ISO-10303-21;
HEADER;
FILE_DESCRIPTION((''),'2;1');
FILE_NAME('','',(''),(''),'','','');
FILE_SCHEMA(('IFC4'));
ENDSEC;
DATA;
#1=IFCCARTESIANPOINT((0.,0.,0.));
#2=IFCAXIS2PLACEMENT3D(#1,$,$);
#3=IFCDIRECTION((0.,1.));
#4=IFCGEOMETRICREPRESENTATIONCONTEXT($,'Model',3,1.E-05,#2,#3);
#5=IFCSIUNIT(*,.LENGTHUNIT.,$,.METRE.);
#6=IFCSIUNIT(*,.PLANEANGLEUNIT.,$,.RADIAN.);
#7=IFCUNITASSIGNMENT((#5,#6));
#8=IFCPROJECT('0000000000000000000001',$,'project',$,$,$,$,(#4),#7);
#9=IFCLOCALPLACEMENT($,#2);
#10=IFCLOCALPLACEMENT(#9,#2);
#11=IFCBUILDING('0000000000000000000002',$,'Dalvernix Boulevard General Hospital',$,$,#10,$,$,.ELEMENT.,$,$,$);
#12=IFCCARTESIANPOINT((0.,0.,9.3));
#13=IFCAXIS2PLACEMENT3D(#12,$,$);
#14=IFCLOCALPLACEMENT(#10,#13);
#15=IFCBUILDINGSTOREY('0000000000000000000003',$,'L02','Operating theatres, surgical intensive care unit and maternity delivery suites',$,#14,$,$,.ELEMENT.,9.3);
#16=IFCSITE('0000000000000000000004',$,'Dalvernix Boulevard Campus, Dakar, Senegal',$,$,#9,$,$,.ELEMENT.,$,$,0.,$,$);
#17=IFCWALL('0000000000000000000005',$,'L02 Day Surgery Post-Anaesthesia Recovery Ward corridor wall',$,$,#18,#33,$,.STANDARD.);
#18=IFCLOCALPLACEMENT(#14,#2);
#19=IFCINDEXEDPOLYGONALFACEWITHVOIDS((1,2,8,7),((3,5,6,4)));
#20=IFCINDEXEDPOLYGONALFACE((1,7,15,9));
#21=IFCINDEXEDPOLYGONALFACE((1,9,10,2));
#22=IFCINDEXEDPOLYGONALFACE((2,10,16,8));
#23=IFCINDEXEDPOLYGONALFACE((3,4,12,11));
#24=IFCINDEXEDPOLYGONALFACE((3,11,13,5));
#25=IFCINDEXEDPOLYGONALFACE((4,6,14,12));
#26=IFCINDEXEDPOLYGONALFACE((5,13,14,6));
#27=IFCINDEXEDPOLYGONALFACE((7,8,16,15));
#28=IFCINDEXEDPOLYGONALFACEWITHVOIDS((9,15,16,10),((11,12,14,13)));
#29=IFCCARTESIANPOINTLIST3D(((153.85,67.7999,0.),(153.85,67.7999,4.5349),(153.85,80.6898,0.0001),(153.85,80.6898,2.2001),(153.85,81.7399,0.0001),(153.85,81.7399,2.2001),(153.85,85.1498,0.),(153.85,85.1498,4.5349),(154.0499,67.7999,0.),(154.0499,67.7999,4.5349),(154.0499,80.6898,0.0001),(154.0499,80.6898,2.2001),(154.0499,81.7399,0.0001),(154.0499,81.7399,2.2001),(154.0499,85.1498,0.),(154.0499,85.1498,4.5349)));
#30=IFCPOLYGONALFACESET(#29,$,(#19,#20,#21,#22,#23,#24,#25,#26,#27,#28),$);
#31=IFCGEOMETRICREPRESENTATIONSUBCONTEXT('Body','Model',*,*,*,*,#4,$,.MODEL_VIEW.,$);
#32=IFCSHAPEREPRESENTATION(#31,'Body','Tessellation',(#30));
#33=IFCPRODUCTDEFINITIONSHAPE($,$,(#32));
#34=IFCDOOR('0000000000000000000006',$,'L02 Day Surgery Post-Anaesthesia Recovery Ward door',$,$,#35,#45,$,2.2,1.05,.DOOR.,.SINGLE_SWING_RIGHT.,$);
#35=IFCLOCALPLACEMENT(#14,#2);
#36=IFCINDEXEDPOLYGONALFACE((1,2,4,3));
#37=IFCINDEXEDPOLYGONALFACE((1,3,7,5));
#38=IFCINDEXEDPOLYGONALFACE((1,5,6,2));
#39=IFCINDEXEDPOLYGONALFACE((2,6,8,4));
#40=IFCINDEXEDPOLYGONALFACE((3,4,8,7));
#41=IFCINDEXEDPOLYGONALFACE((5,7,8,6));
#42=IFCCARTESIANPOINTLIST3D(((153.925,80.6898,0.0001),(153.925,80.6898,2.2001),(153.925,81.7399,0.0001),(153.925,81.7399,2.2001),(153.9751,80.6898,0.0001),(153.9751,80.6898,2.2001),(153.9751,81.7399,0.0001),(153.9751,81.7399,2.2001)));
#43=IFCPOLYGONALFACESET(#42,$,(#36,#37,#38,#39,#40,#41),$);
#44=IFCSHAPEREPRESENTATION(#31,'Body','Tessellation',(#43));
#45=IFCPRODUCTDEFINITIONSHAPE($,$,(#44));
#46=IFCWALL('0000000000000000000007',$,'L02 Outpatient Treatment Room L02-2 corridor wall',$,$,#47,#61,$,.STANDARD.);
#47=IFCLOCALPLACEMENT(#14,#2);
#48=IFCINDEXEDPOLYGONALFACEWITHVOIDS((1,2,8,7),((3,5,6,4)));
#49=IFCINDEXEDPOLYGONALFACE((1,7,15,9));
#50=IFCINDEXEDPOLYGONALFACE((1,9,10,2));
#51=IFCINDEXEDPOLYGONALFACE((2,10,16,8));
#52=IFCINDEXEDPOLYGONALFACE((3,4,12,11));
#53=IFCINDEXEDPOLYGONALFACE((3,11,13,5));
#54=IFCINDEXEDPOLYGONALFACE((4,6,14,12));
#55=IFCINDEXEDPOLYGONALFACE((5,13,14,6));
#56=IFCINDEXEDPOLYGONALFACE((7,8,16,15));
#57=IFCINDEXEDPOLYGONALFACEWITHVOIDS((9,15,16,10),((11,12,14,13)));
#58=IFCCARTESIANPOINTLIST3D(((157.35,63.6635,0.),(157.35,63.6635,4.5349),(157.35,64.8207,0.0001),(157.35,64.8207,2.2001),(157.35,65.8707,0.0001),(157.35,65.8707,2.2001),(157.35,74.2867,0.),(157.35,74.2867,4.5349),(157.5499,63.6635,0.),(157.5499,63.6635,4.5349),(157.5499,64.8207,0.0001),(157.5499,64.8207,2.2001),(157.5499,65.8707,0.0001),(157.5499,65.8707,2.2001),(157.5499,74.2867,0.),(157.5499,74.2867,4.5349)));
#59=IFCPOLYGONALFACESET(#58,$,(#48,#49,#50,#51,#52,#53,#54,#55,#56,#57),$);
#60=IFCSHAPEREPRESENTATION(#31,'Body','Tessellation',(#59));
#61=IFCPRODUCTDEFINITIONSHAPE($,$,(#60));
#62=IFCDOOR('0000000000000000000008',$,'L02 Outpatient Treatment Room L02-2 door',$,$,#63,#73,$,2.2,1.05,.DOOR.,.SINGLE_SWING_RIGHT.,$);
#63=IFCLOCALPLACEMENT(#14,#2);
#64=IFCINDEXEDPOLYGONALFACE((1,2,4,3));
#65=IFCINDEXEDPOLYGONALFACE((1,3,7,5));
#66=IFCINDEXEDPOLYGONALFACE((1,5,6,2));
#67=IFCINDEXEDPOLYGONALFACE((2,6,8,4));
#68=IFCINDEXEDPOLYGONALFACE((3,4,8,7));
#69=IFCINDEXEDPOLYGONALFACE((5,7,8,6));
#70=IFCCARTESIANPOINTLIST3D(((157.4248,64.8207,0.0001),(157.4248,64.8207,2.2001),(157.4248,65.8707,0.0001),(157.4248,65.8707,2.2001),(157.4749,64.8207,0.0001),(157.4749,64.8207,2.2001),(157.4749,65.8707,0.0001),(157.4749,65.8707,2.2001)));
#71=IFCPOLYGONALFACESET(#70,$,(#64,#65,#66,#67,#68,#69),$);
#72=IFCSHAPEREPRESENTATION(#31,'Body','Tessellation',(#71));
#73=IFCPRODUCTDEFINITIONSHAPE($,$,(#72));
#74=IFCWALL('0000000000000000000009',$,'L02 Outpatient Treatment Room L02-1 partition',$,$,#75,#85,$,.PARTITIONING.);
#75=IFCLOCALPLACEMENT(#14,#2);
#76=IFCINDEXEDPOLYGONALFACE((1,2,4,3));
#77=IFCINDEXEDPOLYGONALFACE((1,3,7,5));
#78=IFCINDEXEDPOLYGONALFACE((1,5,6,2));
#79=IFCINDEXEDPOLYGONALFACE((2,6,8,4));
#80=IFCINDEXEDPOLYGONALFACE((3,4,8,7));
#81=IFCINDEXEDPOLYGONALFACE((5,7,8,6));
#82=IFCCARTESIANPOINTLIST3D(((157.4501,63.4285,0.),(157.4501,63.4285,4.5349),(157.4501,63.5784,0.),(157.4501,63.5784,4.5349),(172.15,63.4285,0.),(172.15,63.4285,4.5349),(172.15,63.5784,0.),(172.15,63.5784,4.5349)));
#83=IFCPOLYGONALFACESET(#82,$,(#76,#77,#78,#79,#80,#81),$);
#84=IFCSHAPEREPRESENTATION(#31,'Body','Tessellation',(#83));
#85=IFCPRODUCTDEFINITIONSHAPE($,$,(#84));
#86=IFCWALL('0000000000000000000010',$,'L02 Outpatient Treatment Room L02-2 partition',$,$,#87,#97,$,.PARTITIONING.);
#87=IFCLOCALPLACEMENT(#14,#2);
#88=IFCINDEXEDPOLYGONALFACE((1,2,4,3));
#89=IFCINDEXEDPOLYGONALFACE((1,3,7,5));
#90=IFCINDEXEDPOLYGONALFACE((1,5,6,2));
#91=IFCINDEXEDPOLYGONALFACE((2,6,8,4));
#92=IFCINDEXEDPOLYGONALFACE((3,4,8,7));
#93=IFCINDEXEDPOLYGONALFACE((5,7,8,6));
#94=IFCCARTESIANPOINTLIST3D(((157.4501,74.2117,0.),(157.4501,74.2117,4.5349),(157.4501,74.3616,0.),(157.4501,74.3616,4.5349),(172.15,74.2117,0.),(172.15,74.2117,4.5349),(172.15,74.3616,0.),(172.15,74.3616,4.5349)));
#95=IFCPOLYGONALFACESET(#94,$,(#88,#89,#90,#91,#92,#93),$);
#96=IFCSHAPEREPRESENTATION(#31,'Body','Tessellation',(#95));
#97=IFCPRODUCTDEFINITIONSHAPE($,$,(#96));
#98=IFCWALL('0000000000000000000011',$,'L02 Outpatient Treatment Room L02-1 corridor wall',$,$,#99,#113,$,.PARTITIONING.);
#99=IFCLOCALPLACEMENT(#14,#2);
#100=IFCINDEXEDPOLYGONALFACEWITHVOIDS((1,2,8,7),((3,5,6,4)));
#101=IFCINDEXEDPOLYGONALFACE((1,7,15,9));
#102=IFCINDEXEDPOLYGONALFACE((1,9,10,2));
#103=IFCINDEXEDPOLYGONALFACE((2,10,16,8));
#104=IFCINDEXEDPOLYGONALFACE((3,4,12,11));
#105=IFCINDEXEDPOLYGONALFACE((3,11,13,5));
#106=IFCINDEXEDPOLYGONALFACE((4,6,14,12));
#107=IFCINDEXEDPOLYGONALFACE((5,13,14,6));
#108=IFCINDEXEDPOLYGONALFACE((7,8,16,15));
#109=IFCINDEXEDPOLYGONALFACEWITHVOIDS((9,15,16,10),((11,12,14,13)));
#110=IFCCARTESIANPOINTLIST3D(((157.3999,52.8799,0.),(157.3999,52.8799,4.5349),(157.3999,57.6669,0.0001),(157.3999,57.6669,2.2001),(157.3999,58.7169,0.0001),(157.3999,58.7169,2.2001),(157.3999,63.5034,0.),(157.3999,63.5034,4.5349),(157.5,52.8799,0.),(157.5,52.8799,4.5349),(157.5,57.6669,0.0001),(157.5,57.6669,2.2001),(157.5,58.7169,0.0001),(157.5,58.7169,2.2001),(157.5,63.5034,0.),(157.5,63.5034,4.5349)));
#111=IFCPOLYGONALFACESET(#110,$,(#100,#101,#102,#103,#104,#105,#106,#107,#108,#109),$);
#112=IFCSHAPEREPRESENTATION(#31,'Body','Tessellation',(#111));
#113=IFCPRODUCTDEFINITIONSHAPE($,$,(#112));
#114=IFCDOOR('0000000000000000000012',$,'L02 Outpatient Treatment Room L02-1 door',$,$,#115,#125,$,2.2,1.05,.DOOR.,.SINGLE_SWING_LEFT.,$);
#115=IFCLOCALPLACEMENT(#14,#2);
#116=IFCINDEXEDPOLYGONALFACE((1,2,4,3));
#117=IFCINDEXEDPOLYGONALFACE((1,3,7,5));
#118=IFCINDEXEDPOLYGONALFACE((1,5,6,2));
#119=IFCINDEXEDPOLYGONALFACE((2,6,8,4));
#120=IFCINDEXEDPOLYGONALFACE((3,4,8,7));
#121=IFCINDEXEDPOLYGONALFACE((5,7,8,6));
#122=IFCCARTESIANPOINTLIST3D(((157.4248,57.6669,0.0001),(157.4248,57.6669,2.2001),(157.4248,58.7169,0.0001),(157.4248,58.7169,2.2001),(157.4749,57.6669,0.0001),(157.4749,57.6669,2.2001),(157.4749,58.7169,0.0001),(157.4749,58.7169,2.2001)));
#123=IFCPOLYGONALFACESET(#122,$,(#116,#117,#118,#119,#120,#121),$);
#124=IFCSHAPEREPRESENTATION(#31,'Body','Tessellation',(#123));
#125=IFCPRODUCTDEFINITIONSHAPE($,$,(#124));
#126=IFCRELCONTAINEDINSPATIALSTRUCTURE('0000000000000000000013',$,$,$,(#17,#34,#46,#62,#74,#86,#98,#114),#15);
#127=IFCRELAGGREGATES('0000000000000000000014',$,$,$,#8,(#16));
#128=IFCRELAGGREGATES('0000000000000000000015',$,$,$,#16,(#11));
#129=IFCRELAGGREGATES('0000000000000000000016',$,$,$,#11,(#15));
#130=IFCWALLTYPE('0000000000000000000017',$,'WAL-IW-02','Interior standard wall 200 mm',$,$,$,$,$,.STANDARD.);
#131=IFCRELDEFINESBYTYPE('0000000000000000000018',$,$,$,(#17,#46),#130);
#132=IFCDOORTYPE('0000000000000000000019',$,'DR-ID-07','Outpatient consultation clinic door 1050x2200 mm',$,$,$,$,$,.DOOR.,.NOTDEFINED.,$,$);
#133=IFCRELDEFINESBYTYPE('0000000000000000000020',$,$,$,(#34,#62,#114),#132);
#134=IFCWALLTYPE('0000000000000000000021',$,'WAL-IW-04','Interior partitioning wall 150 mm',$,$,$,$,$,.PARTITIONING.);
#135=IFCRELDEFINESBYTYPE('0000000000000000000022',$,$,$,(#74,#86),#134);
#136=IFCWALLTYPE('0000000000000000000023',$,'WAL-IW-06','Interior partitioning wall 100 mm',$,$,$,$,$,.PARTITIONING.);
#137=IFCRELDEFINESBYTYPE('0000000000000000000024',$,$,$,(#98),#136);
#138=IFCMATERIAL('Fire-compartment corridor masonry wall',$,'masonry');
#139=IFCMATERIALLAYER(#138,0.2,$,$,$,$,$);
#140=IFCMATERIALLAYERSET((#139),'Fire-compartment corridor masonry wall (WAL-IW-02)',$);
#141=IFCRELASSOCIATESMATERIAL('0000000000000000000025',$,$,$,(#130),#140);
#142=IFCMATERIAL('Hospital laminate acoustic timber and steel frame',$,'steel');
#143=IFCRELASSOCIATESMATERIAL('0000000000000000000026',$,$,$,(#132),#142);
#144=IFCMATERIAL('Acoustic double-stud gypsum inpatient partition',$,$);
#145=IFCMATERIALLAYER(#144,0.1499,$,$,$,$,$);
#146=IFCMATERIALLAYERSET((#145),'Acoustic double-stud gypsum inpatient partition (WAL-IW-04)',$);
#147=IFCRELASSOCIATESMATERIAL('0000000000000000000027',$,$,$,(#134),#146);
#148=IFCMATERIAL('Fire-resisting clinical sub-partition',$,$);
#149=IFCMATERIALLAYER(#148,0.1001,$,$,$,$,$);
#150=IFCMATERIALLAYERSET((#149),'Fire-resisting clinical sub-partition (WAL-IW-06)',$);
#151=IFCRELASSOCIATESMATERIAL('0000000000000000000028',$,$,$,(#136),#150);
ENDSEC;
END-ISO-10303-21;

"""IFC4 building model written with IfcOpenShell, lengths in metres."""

from ifc_helpers import new_model, si_unit, direction, frame, frame_2d, origin, place, context, subcontext, project, spatial, rectangle, extrude, material, layer, layer_set, type_object, element, fill, save


model = new_model("IFC4")

# Units and contexts
model_context = context("Model", 3, precision=1e-05, world=origin(), true_north=direction((0.0, 1.0)))
body_context = subcontext(model_context, "Body", "Model", "MODEL_VIEW")
ifc_project = project(units=[si_unit("LENGTHUNIT", "METRE"), si_unit("PLANEANGLEUNIT", "RADIAN")], contexts=[model_context])

# Site, building, storey
site_placement = place(None, origin())
site = spatial("IfcSite", under=ifc_project, at=site_placement, Name="Dalvernix Boulevard Campus, Dakar, Senegal", CompositionType="ELEMENT", RefElevation=0.0)
building_placement = place(site_placement, origin())
building = spatial("IfcBuilding", under=site, at=building_placement, Name="Dalvernix Boulevard General Hospital", CompositionType="ELEMENT")
storey_placement = place(building_placement, frame((0.0, 0.0, 9.3)))
storey = spatial("IfcBuildingStorey", under=building, at=storey_placement, Name="L02", Description="Operating theatres, surgical intensive care unit and maternity delivery suites", CompositionType="ELEMENT", Elevation=9.3)

# Walls, openings, doors
ifc_material_1 = material(Name="Fire-compartment corridor masonry wall", Category="masonry")
ifc_layer_1 = layer(ifc_material_1, 0.2)
ifc_layer_set_1 = layer_set([ifc_layer_1], Name="Fire-compartment corridor masonry wall (WAL-IW-02)")
wall_type_1 = type_object("IfcWallType", Name="WAL-IW-02", Description="Interior standard wall 200 mm", PredefinedType="STANDARD", material=ifc_layer_set_1)
wall_1_placement = place(storey_placement, frame((153.95, 67.8, 0.0), z_axis=(0.0, 0.0, 1.0), x_axis=(0.0, 1.0, 0.0)))
wall_1 = element("IfcWall", 1, at=wall_1_placement, inside=storey, type_object=wall_type_1, Name="L02 Day Surgery Post-Anaesthesia Recovery Ward corridor wall", PredefinedType="STANDARD", context=body_context, shape_type="SweptSolid", body=[
    extrude(rectangle(XDim=17.3499, YDim=0.2, at=frame_2d((8.6748, 0.0))), origin(), (0.0, 0.0, 1.0), 4.5349),
])
opening_1_placement = place(wall_1_placement, frame((12.8899, 0.0, 0.0)))
opening_1 = element("IfcOpeningElement", 2, at=opening_1_placement, cuts=wall_1, PredefinedType="OPENING", context=body_context, shape_type="SweptSolid", body=[
    extrude(rectangle(XDim=1.05, YDim=2.2, at=frame_2d((0.5249, 1.1001))), frame((0.0, 0.1099, 0.0), z_axis=(0.0, -1.0, 0.0), x_axis=(1.0, 0.0, 0.0)), (0.0, 0.0, 1.0), 0.22),
])
ifc_material_2 = material(Name="Hospital laminate acoustic timber and steel frame", Category="steel")
door_type = type_object("IfcDoorType", Name="DR-ID-07", Description="Outpatient consultation clinic door 1050x2200 mm", OperationType="NOTDEFINED", PredefinedType="DOOR", material=ifc_material_2)
door_1_placement = place(opening_1_placement, origin())
door_1 = element("IfcDoor", 3, at=door_1_placement, inside=storey, type_object=door_type, Name="L02 Day Surgery Post-Anaesthesia Recovery Ward door", OperationType="SINGLE_SWING_RIGHT", OverallHeight=2.2, OverallWidth=1.05, PredefinedType="DOOR", context=body_context, shape_type="SweptSolid", body=[
    extrude(rectangle(XDim=1.05, YDim=2.2, at=frame_2d((0.5249, 1.1001))), frame((0.0, 0.0249, 0.0), z_axis=(0.0, -1.0, 0.0), x_axis=(1.0, 0.0, 0.0)), (0.0, 0.0, 1.0), 0.05),
])
fill(opening_1, door_1)
wall_2_placement = place(storey_placement, frame((157.45, 74.2866, 0.0), z_axis=(0.0, 0.0, 1.0), x_axis=(0.0, -1.0, 0.0)))
wall_2 = element("IfcWall", 4, at=wall_2_placement, inside=storey, type_object=wall_type_1, Name="L02 Outpatient Treatment Room L02-2 corridor wall", PredefinedType="STANDARD", context=body_context, shape_type="SweptSolid", body=[
    extrude(rectangle(XDim=10.6233, YDim=0.2, at=frame_2d((5.3115, 0.0))), origin(), (0.0, 0.0, 1.0), 4.5349),
])
opening_2_placement = place(wall_2_placement, frame((8.416, 0.0, 0.0)))
opening_2 = element("IfcOpeningElement", 5, at=opening_2_placement, cuts=wall_2, PredefinedType="OPENING", context=body_context, shape_type="SweptSolid", body=[
    extrude(rectangle(XDim=1.05, YDim=2.2, at=frame_2d((0.5249, 1.1001))), frame((0.0, 0.1099, 0.0), z_axis=(0.0, -1.0, 0.0), x_axis=(1.0, 0.0, 0.0)), (0.0, 0.0, 1.0), 0.22),
])
door_2_placement = place(opening_2_placement, origin())
door_2 = element("IfcDoor", 6, at=door_2_placement, inside=storey, type_object=door_type, Name="L02 Outpatient Treatment Room L02-2 door", OperationType="SINGLE_SWING_RIGHT", OverallHeight=2.2, OverallWidth=1.05, PredefinedType="DOOR", context=body_context, shape_type="SweptSolid", body=[
    extrude(rectangle(XDim=1.05, YDim=2.2, at=frame_2d((0.5249, 1.1001))), frame((0.0, 0.0249, 0.0), z_axis=(0.0, -1.0, 0.0), x_axis=(1.0, 0.0, 0.0)), (0.0, 0.0, 1.0), 0.05),
])
fill(opening_2, door_2)

# Walls
ifc_material_3 = material(Name="Acoustic double-stud gypsum inpatient partition")
ifc_layer_2 = layer(ifc_material_3, 0.1499)
ifc_layer_set_2 = layer_set([ifc_layer_2], Name="Acoustic double-stud gypsum inpatient partition (WAL-IW-04)")
wall_type_2 = type_object("IfcWallType", Name="WAL-IW-04", Description="Interior partitioning wall 150 mm", PredefinedType="PARTITIONING", material=ifc_layer_set_2)
for number, where, z_axis, x_axis, name in (
    (7, (157.45, 63.5034, 0.0), (0.0, 0.0, 1.0), (1.0, 0.0, 0.0), "L02 Outpatient Treatment Room L02-1 partition"),
    (8, (157.45, 74.2866, 0.0), (0.0, 0.0, 1.0), (1.0, 0.0, 0.0), "L02 Outpatient Treatment Room L02-2 partition"),
):
    element("IfcWall", number, at=place(storey_placement, frame(where, z_axis=z_axis, x_axis=x_axis)), inside=storey, type_object=wall_type_2, Name=name, PredefinedType="PARTITIONING", context=body_context, shape_type="SweptSolid", body=[
        extrude(rectangle(XDim=14.7, YDim=0.1499, at=frame_2d((7.3501, 0.0))), origin(), (0.0, 0.0, 1.0), 4.5349),
    ])

# Wall, opening, door
ifc_material_4 = material(Name="Fire-resisting clinical sub-partition")
ifc_layer_3 = layer(ifc_material_4, 0.1001)
ifc_layer_set_3 = layer_set([ifc_layer_3], Name="Fire-resisting clinical sub-partition (WAL-IW-06)")
wall_type_3 = type_object("IfcWallType", Name="WAL-IW-06", Description="Interior partitioning wall 100 mm", PredefinedType="PARTITIONING", material=ifc_layer_set_3)
wall_3_placement = place(storey_placement, frame((157.45, 63.5034, 0.0), z_axis=(0.0, 0.0, 1.0), x_axis=(0.0, -1.0, 0.0)))
wall_3 = element("IfcWall", 9, at=wall_3_placement, inside=storey, type_object=wall_type_3, Name="L02 Outpatient Treatment Room L02-1 corridor wall", PredefinedType="PARTITIONING", context=body_context, shape_type="SweptSolid", body=[
    extrude(rectangle(XDim=10.6235, YDim=0.1001, at=frame_2d((5.3118, 0.0))), origin(), (0.0, 0.0, 1.0), 4.5349),
])
opening_3_placement = place(wall_3_placement, frame((4.7866, 0.0, 0.0)))
opening_3 = element("IfcOpeningElement", 10, at=opening_3_placement, cuts=wall_3, PredefinedType="OPENING", context=body_context, shape_type="SweptSolid", body=[
    extrude(rectangle(XDim=1.05, YDim=2.2, at=frame_2d((0.5249, 1.1001))), frame((0.0, 0.0601, 0.0), z_axis=(0.0, -1.0, 0.0), x_axis=(1.0, 0.0, 0.0)), (0.0, 0.0, 1.0), 0.1201),
])
door_3_placement = place(opening_3_placement, origin())
door_3 = element("IfcDoor", 11, at=door_3_placement, inside=storey, type_object=door_type, Name="L02 Outpatient Treatment Room L02-1 door", OperationType="SINGLE_SWING_LEFT", OverallHeight=2.2, OverallWidth=1.05, PredefinedType="DOOR", context=body_context, shape_type="SweptSolid", body=[
    extrude(rectangle(XDim=1.05, YDim=2.2, at=frame_2d((0.5249, 1.1001))), frame((0.0, 0.0249, 0.0), z_axis=(0.0, -1.0, 0.0), x_axis=(1.0, 0.0, 0.0)), (0.0, 0.0, 1.0), 0.05),
])
fill(opening_3, door_3)

save(model, "model.ifc")
